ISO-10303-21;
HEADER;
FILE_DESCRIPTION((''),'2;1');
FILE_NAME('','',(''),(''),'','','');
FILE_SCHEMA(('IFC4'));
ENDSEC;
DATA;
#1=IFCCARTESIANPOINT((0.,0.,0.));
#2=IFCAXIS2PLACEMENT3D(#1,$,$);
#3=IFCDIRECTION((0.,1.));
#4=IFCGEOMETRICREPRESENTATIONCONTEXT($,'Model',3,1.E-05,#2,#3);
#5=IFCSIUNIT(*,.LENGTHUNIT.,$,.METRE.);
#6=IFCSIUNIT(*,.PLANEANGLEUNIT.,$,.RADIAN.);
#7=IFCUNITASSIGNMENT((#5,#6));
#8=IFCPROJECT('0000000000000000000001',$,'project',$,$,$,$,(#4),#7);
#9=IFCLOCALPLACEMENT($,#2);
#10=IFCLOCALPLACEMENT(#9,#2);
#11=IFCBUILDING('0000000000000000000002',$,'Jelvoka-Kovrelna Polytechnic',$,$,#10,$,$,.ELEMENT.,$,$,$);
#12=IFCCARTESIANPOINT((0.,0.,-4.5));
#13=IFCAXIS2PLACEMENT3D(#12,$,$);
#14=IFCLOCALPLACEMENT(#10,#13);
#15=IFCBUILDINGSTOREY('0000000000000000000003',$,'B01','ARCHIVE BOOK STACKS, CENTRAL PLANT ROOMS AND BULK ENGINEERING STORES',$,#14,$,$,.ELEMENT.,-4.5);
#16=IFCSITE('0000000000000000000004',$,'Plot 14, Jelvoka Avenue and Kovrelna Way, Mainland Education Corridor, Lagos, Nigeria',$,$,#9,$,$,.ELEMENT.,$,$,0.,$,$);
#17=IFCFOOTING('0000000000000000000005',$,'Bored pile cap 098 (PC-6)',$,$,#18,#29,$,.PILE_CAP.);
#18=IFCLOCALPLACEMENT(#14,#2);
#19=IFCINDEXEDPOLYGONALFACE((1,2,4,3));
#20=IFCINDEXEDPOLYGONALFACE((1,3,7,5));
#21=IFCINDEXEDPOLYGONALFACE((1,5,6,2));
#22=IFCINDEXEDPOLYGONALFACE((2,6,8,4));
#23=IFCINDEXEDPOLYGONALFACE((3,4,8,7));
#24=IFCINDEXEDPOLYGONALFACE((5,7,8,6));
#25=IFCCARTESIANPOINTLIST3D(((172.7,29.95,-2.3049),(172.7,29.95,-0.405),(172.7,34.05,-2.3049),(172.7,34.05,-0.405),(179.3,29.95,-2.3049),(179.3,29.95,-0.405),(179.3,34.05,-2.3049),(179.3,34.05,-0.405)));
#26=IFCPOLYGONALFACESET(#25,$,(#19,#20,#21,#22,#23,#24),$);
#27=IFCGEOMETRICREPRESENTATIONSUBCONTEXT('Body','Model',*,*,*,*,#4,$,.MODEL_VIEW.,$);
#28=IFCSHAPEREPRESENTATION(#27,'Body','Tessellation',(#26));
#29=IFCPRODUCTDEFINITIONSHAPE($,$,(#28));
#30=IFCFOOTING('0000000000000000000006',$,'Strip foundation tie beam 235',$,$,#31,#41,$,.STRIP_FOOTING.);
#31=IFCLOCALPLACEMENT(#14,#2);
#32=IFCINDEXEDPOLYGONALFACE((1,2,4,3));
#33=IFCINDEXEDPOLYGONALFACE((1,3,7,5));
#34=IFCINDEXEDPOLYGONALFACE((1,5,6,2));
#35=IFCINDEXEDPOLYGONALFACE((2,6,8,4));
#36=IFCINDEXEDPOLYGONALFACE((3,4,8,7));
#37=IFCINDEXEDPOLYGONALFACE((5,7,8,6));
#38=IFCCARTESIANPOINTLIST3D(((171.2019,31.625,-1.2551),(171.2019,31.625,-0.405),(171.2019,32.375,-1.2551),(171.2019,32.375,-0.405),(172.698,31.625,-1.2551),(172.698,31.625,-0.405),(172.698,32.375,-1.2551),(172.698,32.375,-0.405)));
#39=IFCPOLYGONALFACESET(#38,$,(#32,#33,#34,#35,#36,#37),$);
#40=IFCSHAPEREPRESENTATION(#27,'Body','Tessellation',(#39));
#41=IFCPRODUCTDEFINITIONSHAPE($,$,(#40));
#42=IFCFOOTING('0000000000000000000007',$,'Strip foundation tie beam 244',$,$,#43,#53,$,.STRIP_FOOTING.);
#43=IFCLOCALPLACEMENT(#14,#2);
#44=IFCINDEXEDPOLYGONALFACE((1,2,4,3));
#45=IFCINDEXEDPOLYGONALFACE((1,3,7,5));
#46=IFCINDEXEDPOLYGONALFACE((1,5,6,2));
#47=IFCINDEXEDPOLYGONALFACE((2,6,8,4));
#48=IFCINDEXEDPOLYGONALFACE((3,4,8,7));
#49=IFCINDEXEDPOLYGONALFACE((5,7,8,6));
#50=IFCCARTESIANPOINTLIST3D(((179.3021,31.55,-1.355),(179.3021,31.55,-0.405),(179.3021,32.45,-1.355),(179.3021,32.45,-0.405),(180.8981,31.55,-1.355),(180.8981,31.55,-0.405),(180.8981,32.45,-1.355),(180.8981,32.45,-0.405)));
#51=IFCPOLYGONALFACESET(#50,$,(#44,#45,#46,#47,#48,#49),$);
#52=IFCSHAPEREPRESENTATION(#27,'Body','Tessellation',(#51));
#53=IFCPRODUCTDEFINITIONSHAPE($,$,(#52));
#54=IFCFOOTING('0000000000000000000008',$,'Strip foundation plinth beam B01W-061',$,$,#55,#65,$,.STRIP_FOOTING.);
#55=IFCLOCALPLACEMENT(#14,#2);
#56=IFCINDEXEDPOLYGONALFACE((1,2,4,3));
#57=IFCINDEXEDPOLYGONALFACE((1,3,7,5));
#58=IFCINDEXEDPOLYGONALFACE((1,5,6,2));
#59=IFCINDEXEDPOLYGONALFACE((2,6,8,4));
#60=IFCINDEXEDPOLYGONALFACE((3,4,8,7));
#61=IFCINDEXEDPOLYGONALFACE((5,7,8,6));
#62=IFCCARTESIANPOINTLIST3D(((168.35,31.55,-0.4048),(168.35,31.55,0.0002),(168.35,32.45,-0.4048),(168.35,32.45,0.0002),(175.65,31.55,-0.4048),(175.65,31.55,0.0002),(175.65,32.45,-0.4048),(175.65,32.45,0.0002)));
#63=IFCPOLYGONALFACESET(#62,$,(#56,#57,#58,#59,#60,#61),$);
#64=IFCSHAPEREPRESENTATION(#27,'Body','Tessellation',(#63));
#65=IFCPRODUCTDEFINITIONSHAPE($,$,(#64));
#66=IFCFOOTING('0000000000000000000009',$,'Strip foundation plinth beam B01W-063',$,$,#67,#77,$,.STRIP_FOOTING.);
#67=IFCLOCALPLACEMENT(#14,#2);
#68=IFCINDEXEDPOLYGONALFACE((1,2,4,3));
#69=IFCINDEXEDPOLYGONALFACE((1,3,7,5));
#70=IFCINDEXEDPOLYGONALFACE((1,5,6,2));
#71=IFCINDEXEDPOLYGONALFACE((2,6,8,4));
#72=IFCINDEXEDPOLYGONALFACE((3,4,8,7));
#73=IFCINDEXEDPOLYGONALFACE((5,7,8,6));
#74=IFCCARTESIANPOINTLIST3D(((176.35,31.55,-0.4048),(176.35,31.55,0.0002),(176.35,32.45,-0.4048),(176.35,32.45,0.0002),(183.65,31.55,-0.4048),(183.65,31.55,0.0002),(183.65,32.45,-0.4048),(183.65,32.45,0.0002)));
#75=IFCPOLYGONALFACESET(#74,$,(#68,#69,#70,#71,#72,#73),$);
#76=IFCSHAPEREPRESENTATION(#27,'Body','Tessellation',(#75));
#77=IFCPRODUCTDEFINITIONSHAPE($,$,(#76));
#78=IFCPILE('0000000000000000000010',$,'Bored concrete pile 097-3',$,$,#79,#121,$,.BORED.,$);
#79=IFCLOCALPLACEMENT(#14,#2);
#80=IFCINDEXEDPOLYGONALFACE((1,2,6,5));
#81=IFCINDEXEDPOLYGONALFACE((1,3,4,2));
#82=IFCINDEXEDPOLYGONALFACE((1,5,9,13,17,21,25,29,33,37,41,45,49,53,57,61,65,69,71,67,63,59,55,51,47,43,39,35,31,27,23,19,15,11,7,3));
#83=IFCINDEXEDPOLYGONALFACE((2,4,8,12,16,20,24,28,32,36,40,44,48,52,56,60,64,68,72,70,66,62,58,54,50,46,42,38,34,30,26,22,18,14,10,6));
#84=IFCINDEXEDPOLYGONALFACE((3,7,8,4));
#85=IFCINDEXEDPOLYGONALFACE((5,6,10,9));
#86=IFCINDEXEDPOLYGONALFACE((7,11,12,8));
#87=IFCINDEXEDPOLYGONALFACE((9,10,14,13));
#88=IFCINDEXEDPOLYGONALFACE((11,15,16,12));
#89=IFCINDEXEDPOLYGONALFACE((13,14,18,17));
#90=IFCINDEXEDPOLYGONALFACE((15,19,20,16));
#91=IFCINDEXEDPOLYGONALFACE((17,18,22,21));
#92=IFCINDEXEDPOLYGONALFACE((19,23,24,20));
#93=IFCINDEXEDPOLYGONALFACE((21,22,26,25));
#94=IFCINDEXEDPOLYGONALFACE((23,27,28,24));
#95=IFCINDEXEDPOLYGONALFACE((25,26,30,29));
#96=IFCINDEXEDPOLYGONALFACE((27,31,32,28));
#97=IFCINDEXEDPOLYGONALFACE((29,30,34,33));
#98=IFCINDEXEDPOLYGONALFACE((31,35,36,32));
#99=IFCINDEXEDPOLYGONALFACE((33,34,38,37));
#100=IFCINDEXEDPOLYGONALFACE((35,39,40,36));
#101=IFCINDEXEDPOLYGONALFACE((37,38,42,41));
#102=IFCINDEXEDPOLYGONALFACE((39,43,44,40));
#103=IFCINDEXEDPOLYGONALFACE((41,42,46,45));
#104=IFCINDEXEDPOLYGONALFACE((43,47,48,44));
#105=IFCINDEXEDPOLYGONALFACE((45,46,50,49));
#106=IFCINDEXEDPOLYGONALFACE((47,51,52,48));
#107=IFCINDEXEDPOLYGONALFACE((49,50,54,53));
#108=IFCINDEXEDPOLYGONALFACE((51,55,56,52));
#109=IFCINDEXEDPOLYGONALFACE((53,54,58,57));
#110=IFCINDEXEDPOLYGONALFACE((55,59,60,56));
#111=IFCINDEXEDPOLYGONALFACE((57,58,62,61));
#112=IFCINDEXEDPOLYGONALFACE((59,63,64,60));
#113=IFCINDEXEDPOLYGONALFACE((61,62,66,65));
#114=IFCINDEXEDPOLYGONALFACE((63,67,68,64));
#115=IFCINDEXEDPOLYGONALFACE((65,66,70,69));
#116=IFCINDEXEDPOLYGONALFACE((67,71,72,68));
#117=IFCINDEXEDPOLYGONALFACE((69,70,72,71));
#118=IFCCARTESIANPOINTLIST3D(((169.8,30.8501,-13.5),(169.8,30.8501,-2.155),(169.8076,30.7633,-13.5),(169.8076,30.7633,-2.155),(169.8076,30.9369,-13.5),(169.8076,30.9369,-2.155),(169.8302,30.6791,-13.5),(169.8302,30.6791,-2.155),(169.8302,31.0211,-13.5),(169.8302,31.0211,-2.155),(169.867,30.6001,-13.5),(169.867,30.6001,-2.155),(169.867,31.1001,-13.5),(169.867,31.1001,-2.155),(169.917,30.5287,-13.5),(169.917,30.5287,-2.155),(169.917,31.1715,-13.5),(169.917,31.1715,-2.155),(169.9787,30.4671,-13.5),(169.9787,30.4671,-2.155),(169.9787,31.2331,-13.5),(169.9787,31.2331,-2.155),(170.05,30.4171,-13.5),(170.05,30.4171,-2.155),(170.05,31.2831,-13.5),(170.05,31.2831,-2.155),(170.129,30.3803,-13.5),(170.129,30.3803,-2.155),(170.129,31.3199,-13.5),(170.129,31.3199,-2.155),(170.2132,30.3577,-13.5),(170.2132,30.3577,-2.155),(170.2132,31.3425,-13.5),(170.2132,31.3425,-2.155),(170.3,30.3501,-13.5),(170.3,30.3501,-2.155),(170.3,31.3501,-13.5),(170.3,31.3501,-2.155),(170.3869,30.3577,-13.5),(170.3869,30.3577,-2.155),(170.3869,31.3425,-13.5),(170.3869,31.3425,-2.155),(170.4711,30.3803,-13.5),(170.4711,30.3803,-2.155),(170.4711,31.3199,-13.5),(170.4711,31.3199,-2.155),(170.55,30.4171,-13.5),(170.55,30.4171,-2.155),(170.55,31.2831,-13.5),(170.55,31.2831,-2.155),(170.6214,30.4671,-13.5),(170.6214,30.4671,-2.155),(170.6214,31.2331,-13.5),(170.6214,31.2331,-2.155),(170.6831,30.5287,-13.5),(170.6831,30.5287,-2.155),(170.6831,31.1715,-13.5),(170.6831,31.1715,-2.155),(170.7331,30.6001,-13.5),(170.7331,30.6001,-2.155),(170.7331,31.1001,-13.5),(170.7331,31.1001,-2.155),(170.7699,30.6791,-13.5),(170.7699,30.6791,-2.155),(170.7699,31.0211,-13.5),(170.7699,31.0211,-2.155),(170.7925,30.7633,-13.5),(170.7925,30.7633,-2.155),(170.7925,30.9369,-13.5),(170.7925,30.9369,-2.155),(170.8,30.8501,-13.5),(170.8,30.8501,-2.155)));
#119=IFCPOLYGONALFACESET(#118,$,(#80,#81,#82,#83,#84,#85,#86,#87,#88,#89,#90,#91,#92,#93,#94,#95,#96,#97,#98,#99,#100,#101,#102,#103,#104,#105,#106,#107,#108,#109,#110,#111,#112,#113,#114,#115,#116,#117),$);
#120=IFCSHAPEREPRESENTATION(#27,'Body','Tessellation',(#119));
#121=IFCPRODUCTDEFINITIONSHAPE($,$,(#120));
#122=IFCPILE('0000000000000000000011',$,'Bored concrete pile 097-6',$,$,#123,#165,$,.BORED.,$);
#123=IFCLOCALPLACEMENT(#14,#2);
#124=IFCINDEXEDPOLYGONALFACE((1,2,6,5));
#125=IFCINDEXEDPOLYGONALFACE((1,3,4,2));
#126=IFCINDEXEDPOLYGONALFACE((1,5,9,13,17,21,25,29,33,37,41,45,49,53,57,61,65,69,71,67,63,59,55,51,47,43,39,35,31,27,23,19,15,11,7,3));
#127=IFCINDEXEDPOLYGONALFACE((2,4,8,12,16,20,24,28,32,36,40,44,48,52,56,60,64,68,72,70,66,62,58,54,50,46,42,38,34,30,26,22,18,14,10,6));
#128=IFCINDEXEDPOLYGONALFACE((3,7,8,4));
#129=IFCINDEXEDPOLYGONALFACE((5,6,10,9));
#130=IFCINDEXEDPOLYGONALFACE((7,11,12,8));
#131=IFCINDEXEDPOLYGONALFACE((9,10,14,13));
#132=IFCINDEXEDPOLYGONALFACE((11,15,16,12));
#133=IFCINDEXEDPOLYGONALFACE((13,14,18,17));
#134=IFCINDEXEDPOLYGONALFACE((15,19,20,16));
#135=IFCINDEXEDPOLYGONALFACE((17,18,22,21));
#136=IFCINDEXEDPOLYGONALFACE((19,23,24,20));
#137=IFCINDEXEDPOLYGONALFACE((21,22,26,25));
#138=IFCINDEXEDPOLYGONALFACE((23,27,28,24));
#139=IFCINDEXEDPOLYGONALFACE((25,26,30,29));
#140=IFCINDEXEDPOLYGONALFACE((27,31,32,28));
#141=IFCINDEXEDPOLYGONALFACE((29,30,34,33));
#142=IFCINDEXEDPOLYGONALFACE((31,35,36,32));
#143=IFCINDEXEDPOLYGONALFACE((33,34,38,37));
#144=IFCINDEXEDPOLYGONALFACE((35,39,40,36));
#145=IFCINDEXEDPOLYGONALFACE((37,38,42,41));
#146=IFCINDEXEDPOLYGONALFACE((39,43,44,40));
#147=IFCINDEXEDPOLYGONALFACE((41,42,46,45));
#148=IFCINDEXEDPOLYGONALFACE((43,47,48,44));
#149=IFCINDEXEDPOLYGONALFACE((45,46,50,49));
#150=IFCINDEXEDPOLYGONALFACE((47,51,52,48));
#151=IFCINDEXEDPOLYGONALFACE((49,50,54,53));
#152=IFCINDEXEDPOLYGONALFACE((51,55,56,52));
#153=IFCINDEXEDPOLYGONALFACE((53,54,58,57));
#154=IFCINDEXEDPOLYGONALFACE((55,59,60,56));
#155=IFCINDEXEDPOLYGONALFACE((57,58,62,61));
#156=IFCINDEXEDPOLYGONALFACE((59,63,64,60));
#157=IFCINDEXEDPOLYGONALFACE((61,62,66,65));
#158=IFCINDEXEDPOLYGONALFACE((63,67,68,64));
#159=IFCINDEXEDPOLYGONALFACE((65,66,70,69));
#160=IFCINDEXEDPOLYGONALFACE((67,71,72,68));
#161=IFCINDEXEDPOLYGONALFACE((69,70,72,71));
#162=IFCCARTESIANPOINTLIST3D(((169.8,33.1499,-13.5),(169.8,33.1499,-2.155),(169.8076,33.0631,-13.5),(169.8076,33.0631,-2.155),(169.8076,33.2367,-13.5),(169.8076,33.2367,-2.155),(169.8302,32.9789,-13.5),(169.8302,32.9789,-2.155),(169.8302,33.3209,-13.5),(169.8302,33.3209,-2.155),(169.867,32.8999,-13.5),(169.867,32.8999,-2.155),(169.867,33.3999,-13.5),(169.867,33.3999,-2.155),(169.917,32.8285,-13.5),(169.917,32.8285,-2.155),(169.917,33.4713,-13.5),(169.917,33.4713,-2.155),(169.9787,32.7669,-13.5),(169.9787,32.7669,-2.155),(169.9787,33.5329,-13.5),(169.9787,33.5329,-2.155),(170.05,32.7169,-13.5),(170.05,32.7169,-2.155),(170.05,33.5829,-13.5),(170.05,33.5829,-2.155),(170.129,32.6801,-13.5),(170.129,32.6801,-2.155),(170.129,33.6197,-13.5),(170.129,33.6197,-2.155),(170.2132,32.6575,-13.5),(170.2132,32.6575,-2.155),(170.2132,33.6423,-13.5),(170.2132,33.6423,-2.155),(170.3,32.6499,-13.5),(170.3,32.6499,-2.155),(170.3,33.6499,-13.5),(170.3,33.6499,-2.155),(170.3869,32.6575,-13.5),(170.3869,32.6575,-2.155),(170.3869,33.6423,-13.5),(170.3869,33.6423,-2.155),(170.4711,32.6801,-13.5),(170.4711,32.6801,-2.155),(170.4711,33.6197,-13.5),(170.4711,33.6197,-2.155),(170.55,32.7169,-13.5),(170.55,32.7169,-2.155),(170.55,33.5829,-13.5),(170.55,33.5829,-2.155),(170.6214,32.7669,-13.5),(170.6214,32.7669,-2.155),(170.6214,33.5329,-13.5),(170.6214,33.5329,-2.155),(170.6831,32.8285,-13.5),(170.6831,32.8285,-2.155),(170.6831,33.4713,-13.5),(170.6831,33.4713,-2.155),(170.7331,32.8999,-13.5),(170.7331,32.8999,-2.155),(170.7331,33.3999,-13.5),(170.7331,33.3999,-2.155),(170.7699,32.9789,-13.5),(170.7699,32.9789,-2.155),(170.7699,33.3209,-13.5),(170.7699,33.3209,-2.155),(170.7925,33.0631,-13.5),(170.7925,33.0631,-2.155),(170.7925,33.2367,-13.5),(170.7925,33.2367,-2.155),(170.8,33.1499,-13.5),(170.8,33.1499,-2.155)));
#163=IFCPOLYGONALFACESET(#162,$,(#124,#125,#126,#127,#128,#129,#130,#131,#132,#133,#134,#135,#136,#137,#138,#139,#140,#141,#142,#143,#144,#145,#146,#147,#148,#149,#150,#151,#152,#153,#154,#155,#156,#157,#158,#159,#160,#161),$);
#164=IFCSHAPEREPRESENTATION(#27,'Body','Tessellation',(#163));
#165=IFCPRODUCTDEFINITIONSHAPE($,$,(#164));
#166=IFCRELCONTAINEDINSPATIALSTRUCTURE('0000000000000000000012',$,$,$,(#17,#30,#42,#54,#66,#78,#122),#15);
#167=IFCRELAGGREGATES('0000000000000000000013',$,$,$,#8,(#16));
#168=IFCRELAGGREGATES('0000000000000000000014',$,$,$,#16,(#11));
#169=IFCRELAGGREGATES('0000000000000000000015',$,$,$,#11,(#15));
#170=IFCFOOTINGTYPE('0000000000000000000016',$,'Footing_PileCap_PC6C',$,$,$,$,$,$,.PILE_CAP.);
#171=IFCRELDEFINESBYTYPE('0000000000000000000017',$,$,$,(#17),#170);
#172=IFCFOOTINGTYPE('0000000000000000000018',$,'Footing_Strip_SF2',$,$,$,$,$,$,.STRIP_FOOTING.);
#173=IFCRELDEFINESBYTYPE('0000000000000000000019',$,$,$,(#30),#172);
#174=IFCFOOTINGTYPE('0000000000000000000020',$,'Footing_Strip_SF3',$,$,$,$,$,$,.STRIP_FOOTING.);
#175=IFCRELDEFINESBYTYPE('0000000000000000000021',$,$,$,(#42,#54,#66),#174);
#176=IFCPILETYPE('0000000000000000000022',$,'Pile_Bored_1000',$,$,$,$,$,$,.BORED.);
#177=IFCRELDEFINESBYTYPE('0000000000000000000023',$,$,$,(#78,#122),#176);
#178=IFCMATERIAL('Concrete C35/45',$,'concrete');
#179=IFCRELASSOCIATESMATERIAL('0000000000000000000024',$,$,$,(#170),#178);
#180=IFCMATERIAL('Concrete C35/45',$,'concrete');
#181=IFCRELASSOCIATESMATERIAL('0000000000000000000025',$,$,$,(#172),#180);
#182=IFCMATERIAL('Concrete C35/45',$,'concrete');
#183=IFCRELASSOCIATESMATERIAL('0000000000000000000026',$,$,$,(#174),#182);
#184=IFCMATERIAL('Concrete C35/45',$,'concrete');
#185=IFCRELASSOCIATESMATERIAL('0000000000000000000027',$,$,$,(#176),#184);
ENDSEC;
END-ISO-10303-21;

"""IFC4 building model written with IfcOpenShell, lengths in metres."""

from ifc_helpers import new_model, si_unit, direction, frame, origin, origin_2d, place, context, subcontext, project, spatial, rectangle, circle, extrude, material, material_profile, profile_set, type_object, element, save


model = new_model("IFC4")

# Units and contexts
model_context = context("Model", 3, precision=1e-05, world=origin(), true_north=direction((0.0, 1.0)))
body_context = subcontext(model_context, "Body", "Model", "MODEL_VIEW")
ifc_project = project(units=[si_unit("LENGTHUNIT", "METRE"), si_unit("PLANEANGLEUNIT", "RADIAN")], contexts=[model_context])

# Site, building, storey
site_placement = place(None, origin())
site = spatial("IfcSite", under=ifc_project, at=site_placement, Name="Plot 14, Jelvoka Avenue and Kovrelna Way, Mainland Education Corridor, Lagos, Nigeria", CompositionType="ELEMENT", RefElevation=0.0)
building_placement = place(site_placement, origin())
building = spatial("IfcBuilding", under=site, at=building_placement, Name="Jelvoka-Kovrelna Polytechnic", CompositionType="ELEMENT")
storey_placement = place(building_placement, frame((0.0, 0.0, -4.5)))
storey = spatial("IfcBuildingStorey", under=building, at=storey_placement, Name="B01", Description="ARCHIVE BOOK STACKS, CENTRAL PLANT ROOMS AND BULK ENGINEERING STORES", CompositionType="ELEMENT", Elevation=-4.5)

# Footings
ifc_material_1 = material(Name="Concrete C35/45", Category="concrete")
footing_type_1 = type_object("IfcFootingType", Name="Footing_PileCap_PC6C", PredefinedType="PILE_CAP", material=ifc_material_1)
footing_1_placement = place(storey_placement, frame((176.0, 32.0, -2.3049), z_axis=(0.0, 0.0, 1.0), x_axis=(1.0, 0.0, 0.0)))
element("IfcFooting", 1, at=footing_1_placement, inside=storey, type_object=footing_type_1, Name="Bored pile cap 098 (PC-6)", PredefinedType="PILE_CAP", context=body_context, shape_type="SweptSolid", body=[
    extrude(rectangle(XDim=6.6001, YDim=4.1001, at=origin_2d()), origin(), (0.0, 0.0, 1.0), 1.8999),
])
ifc_material_2 = material(Name="Concrete C35/45", Category="concrete")
footing_type_2 = type_object("IfcFootingType", Name="Footing_Strip_SF2", PredefinedType="STRIP_FOOTING", material=ifc_material_2)
footing_2_placement = place(storey_placement, frame((171.95, 32.0, -1.2551), z_axis=(0.0, 0.0, 1.0), x_axis=(1.0, 0.0, 0.0)))
element("IfcFooting", 2, at=footing_2_placement, inside=storey, type_object=footing_type_2, Name="Strip foundation tie beam 235", PredefinedType="STRIP_FOOTING", context=body_context, shape_type="SweptSolid", body=[
    extrude(rectangle(XDim=1.4961, YDim=0.75, at=origin_2d()), origin(), (0.0, 0.0, 1.0), 0.8501),
])
ifc_material_3 = material(Name="Concrete C35/45", Category="concrete")
footing_type_3 = type_object("IfcFootingType", Name="Footing_Strip_SF3", PredefinedType="STRIP_FOOTING", material=ifc_material_3)
footing_3_placement = place(storey_placement, frame((180.1001, 32.0, -1.355), z_axis=(0.0, 0.0, 1.0), x_axis=(1.0, 0.0, 0.0)))
element("IfcFooting", 3, at=footing_3_placement, inside=storey, type_object=footing_type_3, Name="Strip foundation tie beam 244", PredefinedType="STRIP_FOOTING", context=body_context, shape_type="SweptSolid", body=[
    extrude(rectangle(XDim=1.5959, YDim=0.8999, at=origin_2d()), origin(), (0.0, 0.0, 1.0), 0.95),
])
for number, where, z_axis, x_axis, name in (
    (4, (172.0, 32.0, -0.4048), (0.0, 0.0, 1.0), (1.0, 0.0, 0.0), "Strip foundation plinth beam B01W-061"),
    (5, (180.0, 32.0, -0.4048), (0.0, 0.0, 1.0), (1.0, 0.0, 0.0), "Strip foundation plinth beam B01W-063"),
):
    element("IfcFooting", number, at=place(storey_placement, frame(where, z_axis=z_axis, x_axis=x_axis)), inside=storey, type_object=footing_type_3, Name=name, PredefinedType="STRIP_FOOTING", context=body_context, shape_type="SweptSolid", body=[
        extrude(rectangle(XDim=7.3, YDim=0.8999, at=origin_2d()), origin(), (0.0, 0.0, 1.0), 0.405),
    ])

# Piles
ifc_material_4 = material(Name="Concrete C35/45", Category="concrete")
ifc_material_profile_1 = material_profile(ifc_material_4, circle(Radius=0.5, at=origin_2d()), Name="PILE D1000")
ifc_profile_set_1 = profile_set([ifc_material_profile_1], Name="Concrete C35/45")
pile_type = type_object("IfcPileType", Name="Pile_Bored_1000", PredefinedType="BORED", material=ifc_profile_set_1)
for number, where, z_axis, x_axis, name in (
    (6, (170.3, 30.8501, -2.155), (0.0, 0.0, -1.0), (1.0, 0.0, 0.0), "Bored concrete pile 097-3"),
    (7, (170.3, 33.1499, -2.155), (0.0, 0.0, -1.0), (1.0, 0.0, 0.0), "Bored concrete pile 097-6"),
):
    element("IfcPile", number, at=place(storey_placement, frame(where, z_axis=z_axis, x_axis=x_axis)), inside=storey, type_object=pile_type, Name=name, PredefinedType="BORED", context=body_context, shape_type="SweptSolid", body=[
        extrude(circle(Radius=0.5, at=origin_2d()), origin(), (0.0, 0.0, 1.0), 11.345),
    ])

save(model, "model.ifc")
